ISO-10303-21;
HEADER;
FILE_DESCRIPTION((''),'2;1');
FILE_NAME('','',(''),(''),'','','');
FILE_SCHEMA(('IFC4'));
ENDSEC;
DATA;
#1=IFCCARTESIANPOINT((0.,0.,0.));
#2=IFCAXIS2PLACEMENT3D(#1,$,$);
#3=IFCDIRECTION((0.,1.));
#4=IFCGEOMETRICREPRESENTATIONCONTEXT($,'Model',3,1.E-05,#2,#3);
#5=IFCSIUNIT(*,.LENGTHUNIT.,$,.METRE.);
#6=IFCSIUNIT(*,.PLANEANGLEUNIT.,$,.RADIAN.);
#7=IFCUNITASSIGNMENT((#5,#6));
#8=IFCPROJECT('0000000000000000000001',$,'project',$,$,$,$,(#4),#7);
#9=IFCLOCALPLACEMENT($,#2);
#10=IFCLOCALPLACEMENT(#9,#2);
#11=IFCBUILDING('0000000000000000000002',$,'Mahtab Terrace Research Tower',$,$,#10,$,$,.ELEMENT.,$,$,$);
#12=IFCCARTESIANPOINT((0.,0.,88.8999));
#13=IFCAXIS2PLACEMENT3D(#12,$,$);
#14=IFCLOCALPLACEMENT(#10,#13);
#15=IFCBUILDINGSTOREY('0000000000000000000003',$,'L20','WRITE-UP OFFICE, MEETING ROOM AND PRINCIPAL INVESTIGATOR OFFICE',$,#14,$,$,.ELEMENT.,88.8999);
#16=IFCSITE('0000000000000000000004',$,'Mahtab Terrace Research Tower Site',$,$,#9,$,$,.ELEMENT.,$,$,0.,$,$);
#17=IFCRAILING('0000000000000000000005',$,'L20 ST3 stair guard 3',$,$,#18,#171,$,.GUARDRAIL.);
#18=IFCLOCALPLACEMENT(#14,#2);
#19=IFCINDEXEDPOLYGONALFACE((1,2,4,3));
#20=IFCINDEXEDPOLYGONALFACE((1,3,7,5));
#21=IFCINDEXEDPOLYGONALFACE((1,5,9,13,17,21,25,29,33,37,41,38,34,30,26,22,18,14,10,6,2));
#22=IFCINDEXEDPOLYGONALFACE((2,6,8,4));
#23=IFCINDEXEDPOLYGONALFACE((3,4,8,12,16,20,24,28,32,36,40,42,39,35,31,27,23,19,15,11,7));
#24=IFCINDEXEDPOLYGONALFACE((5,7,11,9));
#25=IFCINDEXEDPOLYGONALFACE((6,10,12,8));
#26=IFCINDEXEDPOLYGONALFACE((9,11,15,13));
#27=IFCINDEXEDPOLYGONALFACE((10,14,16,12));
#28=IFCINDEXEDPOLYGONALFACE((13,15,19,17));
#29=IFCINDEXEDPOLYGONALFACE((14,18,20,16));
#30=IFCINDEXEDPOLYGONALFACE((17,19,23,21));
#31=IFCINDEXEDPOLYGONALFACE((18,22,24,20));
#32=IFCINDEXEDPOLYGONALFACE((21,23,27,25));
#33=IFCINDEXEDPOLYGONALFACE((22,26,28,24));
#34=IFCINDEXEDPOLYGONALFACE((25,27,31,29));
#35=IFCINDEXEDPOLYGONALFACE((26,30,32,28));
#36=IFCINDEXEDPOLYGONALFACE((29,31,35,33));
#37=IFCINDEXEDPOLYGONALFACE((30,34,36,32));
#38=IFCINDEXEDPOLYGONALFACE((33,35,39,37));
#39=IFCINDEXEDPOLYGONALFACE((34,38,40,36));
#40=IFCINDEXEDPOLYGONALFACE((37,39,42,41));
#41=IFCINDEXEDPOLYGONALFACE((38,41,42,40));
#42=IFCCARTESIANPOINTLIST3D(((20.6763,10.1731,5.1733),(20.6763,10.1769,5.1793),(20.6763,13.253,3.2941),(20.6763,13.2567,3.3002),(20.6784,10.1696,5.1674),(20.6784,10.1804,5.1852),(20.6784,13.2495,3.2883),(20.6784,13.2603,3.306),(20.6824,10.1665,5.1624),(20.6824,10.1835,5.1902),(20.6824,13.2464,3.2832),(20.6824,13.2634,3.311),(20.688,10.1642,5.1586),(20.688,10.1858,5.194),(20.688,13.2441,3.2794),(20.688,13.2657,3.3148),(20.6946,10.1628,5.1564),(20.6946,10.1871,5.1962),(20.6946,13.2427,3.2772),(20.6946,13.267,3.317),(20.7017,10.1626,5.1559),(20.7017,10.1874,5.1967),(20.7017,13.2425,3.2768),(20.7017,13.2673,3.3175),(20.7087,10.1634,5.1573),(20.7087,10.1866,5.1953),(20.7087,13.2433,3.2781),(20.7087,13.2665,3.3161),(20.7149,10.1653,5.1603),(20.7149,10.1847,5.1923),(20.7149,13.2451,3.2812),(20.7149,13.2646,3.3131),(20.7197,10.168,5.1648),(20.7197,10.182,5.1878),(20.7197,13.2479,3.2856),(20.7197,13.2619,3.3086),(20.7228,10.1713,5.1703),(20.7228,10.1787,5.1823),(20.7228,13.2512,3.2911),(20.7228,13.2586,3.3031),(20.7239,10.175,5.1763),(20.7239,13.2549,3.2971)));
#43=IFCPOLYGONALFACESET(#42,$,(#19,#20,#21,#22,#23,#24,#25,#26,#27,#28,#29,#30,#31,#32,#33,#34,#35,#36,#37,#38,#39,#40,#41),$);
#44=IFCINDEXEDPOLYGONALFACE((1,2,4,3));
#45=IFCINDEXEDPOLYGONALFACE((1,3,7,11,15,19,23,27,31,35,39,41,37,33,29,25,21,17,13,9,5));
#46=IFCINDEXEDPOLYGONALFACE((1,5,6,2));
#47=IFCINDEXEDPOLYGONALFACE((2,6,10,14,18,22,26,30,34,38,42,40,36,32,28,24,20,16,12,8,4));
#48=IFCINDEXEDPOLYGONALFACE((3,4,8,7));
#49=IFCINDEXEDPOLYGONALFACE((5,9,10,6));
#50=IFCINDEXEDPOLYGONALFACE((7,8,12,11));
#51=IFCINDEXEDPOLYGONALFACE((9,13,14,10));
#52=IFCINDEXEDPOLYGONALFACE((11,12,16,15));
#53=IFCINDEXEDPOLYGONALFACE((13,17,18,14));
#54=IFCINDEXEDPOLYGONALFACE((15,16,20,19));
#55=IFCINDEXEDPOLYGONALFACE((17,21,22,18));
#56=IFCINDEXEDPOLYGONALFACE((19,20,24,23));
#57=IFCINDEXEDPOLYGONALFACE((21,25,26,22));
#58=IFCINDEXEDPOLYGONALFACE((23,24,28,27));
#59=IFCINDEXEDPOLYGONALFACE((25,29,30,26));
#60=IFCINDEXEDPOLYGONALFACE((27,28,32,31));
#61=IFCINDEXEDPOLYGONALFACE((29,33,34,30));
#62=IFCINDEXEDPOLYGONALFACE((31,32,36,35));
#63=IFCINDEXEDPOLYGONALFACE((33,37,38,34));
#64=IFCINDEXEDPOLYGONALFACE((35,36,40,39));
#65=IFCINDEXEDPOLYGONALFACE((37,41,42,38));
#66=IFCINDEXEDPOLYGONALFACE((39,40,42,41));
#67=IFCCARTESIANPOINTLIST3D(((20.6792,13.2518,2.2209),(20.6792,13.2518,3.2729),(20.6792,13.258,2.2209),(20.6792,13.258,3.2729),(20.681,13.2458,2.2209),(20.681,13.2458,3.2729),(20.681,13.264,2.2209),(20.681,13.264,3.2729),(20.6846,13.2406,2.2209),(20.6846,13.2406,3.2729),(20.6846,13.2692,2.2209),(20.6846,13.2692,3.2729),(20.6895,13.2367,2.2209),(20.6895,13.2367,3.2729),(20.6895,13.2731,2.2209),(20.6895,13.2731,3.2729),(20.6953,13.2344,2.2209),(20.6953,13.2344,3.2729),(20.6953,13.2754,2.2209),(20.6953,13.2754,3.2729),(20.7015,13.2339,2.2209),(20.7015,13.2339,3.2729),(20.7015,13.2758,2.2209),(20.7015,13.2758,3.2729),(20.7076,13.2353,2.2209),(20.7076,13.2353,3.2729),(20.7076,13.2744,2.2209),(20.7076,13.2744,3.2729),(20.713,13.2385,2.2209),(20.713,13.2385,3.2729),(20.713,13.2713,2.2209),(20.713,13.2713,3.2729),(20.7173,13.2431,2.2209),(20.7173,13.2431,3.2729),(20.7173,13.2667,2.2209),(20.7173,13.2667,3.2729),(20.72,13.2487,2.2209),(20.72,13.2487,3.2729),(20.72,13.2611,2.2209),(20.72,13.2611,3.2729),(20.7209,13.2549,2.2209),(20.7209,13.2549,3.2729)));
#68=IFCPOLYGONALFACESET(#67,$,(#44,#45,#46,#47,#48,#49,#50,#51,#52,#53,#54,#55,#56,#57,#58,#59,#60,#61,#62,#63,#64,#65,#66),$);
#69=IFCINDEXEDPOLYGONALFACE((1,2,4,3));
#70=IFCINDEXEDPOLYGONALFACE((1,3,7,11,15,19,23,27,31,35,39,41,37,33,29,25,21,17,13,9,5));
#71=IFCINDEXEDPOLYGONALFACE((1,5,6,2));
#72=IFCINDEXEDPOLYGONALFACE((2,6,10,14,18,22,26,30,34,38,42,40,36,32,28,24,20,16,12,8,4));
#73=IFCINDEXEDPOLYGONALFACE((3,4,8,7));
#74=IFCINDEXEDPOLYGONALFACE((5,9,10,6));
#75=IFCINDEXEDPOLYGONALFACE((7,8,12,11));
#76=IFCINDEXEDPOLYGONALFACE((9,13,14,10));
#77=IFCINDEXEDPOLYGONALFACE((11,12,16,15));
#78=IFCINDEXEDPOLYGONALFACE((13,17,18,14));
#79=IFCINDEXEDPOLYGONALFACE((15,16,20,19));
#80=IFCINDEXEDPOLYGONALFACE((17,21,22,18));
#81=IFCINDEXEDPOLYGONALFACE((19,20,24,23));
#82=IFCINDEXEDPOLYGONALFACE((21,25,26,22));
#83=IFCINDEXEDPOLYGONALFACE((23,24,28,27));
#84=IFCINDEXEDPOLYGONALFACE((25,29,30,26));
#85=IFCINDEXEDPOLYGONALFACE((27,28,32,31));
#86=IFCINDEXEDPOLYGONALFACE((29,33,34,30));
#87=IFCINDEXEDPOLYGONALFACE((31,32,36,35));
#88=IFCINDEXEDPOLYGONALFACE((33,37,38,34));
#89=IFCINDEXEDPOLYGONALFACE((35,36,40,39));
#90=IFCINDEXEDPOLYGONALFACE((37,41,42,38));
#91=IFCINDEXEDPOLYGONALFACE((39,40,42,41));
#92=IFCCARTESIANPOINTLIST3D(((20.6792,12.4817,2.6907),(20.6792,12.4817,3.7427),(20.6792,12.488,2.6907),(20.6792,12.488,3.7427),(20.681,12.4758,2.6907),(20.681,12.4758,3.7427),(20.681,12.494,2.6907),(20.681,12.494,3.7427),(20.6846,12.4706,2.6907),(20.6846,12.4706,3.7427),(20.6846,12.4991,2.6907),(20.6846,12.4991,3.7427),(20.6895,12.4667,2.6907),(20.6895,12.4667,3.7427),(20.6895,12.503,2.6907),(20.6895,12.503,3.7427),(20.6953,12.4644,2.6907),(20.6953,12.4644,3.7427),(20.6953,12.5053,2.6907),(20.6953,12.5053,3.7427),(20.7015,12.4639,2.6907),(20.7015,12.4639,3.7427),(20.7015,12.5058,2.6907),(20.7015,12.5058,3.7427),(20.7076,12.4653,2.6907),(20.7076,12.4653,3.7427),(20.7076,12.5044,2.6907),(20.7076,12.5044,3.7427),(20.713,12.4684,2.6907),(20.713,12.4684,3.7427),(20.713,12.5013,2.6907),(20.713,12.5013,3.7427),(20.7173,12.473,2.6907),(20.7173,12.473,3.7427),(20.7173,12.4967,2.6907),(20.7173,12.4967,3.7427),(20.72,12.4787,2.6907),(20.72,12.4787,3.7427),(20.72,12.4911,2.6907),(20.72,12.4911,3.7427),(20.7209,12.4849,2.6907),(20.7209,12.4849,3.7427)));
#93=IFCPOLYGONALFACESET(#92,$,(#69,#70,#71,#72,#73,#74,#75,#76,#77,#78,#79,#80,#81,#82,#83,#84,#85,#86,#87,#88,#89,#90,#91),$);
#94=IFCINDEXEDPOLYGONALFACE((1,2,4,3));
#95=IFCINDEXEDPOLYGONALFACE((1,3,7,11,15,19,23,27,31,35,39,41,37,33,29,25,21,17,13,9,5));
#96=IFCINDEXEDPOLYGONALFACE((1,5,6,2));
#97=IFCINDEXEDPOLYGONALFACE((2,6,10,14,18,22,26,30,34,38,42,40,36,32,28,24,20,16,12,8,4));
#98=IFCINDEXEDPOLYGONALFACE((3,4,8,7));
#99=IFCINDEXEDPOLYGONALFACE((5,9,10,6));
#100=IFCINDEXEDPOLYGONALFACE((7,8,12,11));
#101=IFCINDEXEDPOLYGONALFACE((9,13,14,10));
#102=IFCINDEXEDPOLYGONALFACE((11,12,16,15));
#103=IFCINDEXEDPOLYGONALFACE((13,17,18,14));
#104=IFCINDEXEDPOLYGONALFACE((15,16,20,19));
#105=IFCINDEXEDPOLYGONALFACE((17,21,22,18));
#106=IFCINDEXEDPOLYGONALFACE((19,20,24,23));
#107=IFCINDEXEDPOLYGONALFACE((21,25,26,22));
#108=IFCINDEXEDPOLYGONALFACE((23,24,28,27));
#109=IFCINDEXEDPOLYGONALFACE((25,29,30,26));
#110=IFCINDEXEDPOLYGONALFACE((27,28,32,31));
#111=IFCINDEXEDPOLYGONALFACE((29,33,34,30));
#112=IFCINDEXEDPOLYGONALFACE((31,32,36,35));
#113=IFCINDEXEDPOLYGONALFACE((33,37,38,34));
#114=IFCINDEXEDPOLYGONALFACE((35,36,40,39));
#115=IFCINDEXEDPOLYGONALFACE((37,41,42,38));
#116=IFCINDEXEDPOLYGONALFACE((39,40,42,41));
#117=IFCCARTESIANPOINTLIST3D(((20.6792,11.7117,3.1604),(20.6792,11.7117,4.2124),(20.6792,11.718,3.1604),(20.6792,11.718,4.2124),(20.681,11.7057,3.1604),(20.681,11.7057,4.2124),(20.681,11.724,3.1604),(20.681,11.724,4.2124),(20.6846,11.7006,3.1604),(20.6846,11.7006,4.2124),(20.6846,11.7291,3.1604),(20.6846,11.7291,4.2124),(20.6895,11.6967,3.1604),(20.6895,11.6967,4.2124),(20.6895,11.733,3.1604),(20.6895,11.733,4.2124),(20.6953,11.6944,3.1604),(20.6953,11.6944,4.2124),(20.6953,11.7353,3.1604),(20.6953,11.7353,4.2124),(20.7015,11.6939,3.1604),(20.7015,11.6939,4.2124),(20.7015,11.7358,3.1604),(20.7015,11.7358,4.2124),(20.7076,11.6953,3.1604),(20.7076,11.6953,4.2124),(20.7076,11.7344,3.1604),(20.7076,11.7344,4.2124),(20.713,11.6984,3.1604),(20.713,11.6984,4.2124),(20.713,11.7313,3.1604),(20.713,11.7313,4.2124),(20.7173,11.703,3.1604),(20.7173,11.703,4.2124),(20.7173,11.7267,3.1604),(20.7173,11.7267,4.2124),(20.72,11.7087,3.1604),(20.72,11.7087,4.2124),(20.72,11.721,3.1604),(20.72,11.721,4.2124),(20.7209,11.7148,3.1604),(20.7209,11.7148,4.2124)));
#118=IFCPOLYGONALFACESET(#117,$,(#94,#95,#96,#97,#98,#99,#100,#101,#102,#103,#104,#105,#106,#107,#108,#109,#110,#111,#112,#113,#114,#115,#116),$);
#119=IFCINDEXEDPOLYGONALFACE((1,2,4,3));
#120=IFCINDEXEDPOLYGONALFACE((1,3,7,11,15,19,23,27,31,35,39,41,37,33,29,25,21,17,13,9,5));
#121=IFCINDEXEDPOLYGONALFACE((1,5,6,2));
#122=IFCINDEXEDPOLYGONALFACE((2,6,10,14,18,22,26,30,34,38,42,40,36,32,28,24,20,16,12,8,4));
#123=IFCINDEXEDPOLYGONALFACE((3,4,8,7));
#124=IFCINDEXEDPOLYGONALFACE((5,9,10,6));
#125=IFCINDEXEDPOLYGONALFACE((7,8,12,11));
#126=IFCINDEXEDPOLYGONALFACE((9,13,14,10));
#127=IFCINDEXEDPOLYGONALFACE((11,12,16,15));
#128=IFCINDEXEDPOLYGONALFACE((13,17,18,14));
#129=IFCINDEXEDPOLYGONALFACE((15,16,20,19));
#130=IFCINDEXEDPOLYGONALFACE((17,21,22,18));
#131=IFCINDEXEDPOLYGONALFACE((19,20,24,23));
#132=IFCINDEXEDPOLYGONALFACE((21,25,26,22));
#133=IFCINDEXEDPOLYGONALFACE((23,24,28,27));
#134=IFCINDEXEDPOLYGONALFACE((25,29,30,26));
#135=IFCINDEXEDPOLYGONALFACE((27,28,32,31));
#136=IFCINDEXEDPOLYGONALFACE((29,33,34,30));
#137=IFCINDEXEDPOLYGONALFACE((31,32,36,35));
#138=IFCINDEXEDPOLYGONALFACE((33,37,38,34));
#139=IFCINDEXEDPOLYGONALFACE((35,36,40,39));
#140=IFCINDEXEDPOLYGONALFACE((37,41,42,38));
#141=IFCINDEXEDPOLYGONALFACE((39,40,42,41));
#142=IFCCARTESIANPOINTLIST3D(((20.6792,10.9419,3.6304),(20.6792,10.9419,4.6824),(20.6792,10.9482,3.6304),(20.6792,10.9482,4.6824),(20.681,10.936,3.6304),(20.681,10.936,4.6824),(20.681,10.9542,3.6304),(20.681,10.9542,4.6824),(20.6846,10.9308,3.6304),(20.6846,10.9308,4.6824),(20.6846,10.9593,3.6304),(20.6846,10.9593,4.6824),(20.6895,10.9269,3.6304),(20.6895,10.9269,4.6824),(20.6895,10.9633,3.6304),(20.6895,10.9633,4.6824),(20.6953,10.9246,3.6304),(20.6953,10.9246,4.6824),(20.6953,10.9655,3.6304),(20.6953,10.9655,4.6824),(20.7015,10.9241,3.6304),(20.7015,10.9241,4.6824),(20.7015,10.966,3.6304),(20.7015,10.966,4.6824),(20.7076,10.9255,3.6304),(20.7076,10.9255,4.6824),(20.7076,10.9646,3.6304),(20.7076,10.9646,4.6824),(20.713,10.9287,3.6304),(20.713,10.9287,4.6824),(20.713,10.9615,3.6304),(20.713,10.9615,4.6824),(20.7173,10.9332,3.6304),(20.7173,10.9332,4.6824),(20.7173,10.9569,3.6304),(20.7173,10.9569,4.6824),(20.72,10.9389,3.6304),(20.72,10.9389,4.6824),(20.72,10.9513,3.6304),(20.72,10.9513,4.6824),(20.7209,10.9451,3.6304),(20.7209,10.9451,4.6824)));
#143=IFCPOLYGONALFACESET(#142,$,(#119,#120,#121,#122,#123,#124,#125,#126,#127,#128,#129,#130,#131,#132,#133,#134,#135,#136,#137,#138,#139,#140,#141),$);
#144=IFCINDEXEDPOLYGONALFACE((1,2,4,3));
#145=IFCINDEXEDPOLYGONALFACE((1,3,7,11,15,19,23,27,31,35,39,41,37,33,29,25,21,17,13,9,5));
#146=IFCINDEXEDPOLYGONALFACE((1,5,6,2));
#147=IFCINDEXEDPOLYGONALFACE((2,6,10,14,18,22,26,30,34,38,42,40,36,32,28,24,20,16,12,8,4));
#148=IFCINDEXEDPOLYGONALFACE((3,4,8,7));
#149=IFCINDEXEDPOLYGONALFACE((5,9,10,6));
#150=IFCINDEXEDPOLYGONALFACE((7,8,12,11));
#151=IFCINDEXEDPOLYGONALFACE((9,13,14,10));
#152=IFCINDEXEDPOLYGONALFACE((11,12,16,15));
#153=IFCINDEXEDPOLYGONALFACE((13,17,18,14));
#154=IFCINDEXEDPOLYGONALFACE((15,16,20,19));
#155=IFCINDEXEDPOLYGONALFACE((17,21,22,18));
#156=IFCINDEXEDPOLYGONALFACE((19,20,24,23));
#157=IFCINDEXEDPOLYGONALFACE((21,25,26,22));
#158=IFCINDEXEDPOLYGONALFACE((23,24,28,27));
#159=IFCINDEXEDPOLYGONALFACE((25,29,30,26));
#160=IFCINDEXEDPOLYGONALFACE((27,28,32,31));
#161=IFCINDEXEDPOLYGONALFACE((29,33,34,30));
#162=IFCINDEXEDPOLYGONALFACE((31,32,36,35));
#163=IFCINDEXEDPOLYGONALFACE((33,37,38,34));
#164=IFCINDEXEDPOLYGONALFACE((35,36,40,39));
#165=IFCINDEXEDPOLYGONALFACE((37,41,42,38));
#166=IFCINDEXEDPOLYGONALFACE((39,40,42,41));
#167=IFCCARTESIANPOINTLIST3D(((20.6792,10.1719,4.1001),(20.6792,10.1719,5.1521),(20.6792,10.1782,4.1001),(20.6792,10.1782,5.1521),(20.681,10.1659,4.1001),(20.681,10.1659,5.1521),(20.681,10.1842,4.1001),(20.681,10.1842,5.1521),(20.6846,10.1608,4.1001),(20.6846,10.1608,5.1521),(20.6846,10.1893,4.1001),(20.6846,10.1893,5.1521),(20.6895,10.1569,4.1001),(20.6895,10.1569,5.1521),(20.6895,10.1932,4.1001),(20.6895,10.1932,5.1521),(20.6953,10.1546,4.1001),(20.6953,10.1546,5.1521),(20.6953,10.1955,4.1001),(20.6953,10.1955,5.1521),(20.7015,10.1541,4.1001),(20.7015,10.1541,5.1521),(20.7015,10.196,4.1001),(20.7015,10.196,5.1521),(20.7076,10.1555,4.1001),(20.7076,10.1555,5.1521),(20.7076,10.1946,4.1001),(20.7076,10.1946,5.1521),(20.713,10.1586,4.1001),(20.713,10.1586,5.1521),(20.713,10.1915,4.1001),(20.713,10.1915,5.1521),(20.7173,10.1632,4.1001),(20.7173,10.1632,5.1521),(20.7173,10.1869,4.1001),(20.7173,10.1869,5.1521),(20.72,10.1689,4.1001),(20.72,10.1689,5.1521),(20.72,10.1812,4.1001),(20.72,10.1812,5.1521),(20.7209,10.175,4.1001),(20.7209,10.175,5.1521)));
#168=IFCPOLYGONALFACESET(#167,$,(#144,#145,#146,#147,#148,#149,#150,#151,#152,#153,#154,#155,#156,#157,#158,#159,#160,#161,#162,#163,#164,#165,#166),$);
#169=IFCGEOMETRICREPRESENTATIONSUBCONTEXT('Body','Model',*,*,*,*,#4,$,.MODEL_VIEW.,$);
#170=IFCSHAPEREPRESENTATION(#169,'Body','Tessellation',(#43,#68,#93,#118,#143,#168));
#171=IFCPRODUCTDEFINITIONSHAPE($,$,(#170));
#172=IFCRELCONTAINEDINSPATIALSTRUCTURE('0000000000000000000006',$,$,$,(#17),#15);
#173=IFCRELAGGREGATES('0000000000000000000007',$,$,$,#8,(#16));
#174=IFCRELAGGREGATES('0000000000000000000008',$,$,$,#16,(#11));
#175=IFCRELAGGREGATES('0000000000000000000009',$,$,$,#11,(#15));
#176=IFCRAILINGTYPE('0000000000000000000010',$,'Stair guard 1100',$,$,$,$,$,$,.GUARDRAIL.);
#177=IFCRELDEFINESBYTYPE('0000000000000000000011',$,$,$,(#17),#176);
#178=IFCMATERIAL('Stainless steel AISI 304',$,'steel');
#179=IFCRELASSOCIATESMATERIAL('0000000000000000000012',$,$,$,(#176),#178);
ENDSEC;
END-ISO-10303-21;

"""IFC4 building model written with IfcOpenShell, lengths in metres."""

from ifc_helpers import new_model, si_unit, direction, frame, origin, origin_2d, place, context, subcontext, project, spatial, circle, extrude, material, type_object, element, save


model = new_model("IFC4")

# Units and contexts
model_context = context("Model", 3, precision=1e-05, world=origin(), true_north=direction((0.0, 1.0)))
body_context = subcontext(model_context, "Body", "Model", "MODEL_VIEW")
ifc_project = project(units=[si_unit("LENGTHUNIT", "METRE"), si_unit("PLANEANGLEUNIT", "RADIAN")], contexts=[model_context])

# Site, building, storey
site_placement = place(None, origin())
site = spatial("IfcSite", under=ifc_project, at=site_placement, Name="Mahtab Terrace Research Tower Site", CompositionType="ELEMENT", RefElevation=0.0)
building_placement = place(site_placement, origin())
building = spatial("IfcBuilding", under=site, at=building_placement, Name="Mahtab Terrace Research Tower", CompositionType="ELEMENT")
storey_placement = place(building_placement, frame((0.0, 0.0, 88.8999)))
storey = spatial("IfcBuildingStorey", under=building, at=storey_placement, Name="L20", Description="WRITE-UP OFFICE, MEETING ROOM AND PRINCIPAL INVESTIGATOR OFFICE", CompositionType="ELEMENT", Elevation=88.8999)

# Shared definitions
ifc_material_1 = material(Name="Stainless steel AISI 304", Category="steel")

# Railing
railing_type_1 = type_object("IfcRailingType", Name="Stair guard 1100", PredefinedType="GUARDRAIL", material=ifc_material_1)
railing_1_placement = place(storey_placement, frame((20.7, 13.2549, 2.2209)))
element("IfcRailing", 1, at=railing_1_placement, inside=storey, type_object=railing_type_1, Name="L20 ST3 stair guard 3", PredefinedType="GUARDRAIL", context=body_context, shape_type="SweptSolid", body=[
    extrude(circle(Radius=0.0239, at=origin_2d()), frame((0.0, 0.0, 1.0762), z_axis=(0.0, -0.853648, 0.52085), x_axis=(1.0, 0.0, 0.0)), (0.0, 0.0, 1.0), 3.6079),
    extrude(circle(Radius=0.021, at=origin_2d()), origin(), (0.0, 0.0, 1.0), 1.052),
    extrude(circle(Radius=0.021, at=origin_2d()), frame((0.0, -0.77, 0.4697)), (0.0, 0.0, 1.0), 1.052),
    extrude(circle(Radius=0.021, at=origin_2d()), frame((0.0, -1.54, 0.9395)), (0.0, 0.0, 1.0), 1.052),
    extrude(circle(Radius=0.021, at=origin_2d()), frame((0.0, -2.3098, 1.4094)), (0.0, 0.0, 1.0), 1.052),
    extrude(circle(Radius=0.021, at=origin_2d()), frame((0.0, -3.0798, 1.8792)), (0.0, 0.0, 1.0), 1.052),
])

save(model, "model.ifc")
